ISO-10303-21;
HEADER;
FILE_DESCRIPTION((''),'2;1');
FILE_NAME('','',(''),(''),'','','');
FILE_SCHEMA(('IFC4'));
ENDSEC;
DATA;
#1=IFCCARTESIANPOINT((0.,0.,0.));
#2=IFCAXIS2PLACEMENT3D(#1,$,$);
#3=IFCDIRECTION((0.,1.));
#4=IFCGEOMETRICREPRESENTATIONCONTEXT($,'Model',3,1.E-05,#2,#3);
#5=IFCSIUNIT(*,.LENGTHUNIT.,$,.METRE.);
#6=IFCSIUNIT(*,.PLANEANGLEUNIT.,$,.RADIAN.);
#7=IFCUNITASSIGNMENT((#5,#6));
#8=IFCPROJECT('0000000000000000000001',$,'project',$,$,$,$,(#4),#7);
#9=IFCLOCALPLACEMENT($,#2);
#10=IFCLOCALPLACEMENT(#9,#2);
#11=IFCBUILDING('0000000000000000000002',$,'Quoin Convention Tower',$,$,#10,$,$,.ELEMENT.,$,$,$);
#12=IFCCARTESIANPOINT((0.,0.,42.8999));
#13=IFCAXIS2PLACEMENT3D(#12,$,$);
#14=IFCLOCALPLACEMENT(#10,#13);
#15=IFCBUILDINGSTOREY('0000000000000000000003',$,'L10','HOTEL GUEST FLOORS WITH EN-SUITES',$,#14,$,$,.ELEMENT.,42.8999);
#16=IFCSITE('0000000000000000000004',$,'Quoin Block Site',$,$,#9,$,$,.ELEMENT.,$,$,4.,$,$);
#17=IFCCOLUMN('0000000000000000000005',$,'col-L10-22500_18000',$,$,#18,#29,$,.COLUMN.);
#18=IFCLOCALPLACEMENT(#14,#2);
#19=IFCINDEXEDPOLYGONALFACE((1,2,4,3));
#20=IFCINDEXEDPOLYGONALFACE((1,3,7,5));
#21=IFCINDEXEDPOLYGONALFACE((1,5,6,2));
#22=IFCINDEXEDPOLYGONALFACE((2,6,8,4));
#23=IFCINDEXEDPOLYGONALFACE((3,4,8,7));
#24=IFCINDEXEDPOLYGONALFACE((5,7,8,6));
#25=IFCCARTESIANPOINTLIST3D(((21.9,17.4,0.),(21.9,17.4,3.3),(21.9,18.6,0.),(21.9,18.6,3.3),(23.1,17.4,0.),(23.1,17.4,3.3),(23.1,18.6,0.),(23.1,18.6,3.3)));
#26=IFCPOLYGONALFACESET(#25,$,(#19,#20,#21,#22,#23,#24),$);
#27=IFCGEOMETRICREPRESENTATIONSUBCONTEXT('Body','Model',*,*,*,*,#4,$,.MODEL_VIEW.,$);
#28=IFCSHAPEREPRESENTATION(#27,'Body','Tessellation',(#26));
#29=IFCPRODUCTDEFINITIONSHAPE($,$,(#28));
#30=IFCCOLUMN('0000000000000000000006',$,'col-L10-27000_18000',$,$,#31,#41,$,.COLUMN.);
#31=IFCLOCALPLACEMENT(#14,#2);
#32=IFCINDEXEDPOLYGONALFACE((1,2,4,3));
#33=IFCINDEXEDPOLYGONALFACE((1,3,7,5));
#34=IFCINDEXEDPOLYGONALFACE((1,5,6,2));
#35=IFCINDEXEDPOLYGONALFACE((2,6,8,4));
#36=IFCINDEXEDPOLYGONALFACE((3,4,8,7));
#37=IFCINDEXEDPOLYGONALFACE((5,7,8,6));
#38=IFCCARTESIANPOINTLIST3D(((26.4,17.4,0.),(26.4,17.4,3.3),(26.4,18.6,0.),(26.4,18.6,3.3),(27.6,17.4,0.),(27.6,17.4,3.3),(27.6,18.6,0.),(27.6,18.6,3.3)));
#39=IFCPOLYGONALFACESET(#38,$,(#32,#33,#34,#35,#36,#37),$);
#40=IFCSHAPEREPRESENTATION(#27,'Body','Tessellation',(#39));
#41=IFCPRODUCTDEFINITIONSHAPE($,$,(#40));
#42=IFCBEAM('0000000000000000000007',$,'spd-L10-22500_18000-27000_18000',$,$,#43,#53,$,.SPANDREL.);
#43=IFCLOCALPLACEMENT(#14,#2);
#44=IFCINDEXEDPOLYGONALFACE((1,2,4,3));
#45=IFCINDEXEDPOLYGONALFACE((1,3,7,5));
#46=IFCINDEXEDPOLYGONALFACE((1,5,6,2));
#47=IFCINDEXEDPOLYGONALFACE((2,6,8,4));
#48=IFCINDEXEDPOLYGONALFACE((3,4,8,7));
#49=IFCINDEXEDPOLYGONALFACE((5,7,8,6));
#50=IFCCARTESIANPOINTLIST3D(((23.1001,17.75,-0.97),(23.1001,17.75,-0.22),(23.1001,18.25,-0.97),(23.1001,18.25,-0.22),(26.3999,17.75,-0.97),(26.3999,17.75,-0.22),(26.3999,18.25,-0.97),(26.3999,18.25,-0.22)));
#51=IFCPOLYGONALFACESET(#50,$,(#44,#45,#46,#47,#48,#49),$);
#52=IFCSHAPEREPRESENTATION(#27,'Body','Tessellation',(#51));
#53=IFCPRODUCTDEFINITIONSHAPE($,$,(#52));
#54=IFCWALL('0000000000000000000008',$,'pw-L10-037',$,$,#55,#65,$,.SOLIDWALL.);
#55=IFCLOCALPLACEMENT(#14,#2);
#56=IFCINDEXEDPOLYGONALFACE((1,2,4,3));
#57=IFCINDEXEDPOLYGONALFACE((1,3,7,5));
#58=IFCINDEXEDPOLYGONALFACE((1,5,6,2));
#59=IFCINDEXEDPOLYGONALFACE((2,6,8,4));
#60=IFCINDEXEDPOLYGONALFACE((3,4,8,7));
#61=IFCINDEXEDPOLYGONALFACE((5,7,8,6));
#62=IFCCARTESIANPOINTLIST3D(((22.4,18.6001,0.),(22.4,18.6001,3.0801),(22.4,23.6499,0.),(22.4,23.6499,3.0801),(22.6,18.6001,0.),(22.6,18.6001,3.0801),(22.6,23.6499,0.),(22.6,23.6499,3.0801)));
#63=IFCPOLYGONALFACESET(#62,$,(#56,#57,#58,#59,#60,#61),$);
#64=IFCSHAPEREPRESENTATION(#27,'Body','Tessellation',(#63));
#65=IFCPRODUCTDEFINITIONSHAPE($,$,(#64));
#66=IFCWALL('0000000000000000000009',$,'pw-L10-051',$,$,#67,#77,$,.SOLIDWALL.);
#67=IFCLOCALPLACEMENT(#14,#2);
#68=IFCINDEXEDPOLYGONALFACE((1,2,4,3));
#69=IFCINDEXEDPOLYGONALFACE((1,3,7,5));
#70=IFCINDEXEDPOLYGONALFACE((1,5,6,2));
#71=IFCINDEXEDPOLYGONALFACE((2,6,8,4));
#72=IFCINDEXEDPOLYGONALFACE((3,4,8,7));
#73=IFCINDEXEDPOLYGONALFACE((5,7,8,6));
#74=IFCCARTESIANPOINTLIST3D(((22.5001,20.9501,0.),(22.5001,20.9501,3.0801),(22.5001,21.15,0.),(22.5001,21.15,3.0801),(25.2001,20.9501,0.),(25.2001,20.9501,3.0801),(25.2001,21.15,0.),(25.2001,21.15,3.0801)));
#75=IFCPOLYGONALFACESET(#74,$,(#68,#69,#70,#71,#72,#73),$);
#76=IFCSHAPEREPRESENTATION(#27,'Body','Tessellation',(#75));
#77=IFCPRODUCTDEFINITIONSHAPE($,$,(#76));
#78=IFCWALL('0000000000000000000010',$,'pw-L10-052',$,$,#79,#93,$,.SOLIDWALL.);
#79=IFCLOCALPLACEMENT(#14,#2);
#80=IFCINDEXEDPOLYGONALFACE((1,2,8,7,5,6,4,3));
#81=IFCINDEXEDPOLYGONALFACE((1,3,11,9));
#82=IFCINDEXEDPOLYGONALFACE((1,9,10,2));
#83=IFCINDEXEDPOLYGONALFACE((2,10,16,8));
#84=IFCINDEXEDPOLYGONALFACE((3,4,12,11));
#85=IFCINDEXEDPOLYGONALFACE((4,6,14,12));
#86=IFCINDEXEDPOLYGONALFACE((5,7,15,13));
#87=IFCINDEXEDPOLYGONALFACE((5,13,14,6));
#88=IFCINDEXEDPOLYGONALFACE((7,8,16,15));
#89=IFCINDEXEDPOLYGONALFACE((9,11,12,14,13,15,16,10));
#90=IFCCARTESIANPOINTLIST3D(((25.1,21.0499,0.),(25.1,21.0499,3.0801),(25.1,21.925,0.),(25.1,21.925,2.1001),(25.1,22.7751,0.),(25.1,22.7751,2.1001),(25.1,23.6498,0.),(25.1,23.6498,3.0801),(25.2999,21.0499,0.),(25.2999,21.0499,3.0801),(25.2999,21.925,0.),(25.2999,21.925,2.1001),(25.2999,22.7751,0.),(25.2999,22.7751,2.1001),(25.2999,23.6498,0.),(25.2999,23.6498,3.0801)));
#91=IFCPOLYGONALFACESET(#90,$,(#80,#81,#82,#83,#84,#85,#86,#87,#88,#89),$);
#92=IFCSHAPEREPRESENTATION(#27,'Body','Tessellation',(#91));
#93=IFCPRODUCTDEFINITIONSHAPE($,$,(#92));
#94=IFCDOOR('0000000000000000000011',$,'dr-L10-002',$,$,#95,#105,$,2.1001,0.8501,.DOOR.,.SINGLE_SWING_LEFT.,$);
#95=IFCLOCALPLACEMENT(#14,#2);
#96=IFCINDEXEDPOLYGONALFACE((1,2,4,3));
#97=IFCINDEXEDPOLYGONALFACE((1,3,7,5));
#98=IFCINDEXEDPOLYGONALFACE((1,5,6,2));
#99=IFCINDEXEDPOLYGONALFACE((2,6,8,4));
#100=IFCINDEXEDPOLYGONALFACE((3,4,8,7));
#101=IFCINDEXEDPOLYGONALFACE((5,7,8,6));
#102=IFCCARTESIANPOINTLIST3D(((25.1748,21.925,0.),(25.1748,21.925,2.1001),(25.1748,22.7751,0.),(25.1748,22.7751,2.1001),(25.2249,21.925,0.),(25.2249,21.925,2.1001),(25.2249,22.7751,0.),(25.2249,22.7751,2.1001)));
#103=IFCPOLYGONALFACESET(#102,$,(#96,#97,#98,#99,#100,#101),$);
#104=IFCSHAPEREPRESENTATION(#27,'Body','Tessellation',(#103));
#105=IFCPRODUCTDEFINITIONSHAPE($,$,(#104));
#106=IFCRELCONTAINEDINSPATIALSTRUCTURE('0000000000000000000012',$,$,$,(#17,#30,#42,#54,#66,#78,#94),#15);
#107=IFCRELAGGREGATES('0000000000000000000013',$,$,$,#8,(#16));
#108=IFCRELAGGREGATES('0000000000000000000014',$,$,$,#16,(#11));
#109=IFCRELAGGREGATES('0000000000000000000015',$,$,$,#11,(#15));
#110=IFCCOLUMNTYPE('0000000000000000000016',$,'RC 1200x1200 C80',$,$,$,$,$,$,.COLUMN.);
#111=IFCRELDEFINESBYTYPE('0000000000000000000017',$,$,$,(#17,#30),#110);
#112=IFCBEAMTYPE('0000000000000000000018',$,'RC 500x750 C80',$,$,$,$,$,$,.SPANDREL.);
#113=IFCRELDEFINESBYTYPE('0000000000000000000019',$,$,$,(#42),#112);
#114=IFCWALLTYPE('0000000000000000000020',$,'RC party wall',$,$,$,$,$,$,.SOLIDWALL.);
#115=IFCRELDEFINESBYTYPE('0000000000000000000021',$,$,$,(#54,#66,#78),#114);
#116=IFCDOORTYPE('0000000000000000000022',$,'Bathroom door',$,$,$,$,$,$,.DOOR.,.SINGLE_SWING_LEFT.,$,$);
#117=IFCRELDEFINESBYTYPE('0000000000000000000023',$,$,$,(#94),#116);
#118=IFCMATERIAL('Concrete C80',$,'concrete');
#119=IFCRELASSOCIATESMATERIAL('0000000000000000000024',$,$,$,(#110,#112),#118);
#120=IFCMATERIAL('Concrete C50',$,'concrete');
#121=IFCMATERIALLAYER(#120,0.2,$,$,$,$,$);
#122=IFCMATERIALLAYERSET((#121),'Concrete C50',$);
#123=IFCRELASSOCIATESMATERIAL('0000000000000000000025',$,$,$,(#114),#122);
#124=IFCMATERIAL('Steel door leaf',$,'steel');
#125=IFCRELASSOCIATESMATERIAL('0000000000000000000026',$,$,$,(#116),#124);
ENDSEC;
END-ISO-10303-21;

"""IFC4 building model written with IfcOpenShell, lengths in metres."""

from ifc_helpers import new_model, si_unit, direction, frame, frame_2d, origin, origin_2d, place, context, subcontext, project, spatial, rectangle, extrude, material, layer, layer_set, material_profile, profile_set, type_object, element, fill, save


model = new_model("IFC4")

# Units and contexts
model_context = context("Model", 3, precision=1e-05, world=origin(), true_north=direction((0.0, 1.0)))
body_context = subcontext(model_context, "Body", "Model", "MODEL_VIEW")
ifc_project = project(units=[si_unit("LENGTHUNIT", "METRE"), si_unit("PLANEANGLEUNIT", "RADIAN")], contexts=[model_context])

# Site, building, storey
site_placement = place(None, origin())
site = spatial("IfcSite", under=ifc_project, at=site_placement, Name="Quoin Block Site", CompositionType="ELEMENT", RefElevation=4.0)
building_placement = place(site_placement, origin())
building = spatial("IfcBuilding", under=site, at=building_placement, Name="Quoin Convention Tower", CompositionType="ELEMENT")
storey_placement = place(building_placement, frame((0.0, 0.0, 42.8999)))
storey = spatial("IfcBuildingStorey", under=building, at=storey_placement, Name="L10", Description="HOTEL GUEST FLOORS WITH EN-SUITES", CompositionType="ELEMENT", Elevation=42.8999)

# Columns
ifc_material_1 = material(Name="Concrete C80", Category="concrete")
ifc_material_profile_1 = material_profile(ifc_material_1, rectangle(XDim=1.2, YDim=1.2, at=origin_2d()), Name="RC 1200x1200")
ifc_profile_set_1 = profile_set([ifc_material_profile_1], Name="Concrete C80")
column_type = type_object("IfcColumnType", Name="RC 1200x1200 C80", PredefinedType="COLUMN", material=ifc_profile_set_1)
for number, where, z_axis, x_axis, name in (
    (1, (22.5, 18.0, 0.0), (0.0, 0.0, 1.0), (1.0, 0.0, 0.0), "col-L10-22500_18000"),
    (2, (27.0, 18.0, 0.0), (0.0, 0.0, 1.0), (1.0, 0.0, 0.0), "col-L10-27000_18000"),
):
    element("IfcColumn", number, at=place(storey_placement, frame(where, z_axis=z_axis, x_axis=x_axis)), inside=storey, type_object=column_type, Name=name, PredefinedType="COLUMN", context=body_context, shape_type="SweptSolid", body=[
        extrude(rectangle(XDim=1.2, YDim=1.2, at=origin_2d()), origin(), (0.0, 0.0, 1.0), 3.3),
    ])

# Beam
ifc_material_profile_2 = material_profile(ifc_material_1, rectangle(XDim=0.5, YDim=0.75, at=origin_2d()), Name="RC 500x750")
ifc_profile_set_2 = profile_set([ifc_material_profile_2], Name="Concrete C80")
beam_type = type_object("IfcBeamType", Name="RC 500x750 C80", PredefinedType="SPANDREL", material=ifc_profile_set_2)
beam_placement = place(storey_placement, frame((23.1001, 18.0, -0.595), z_axis=(1.0, 0.0, 0.0), x_axis=(0.0, 1.0, 0.0)))
element("IfcBeam", 3, at=beam_placement, inside=storey, type_object=beam_type, Name="spd-L10-22500_18000-27000_18000", PredefinedType="SPANDREL", context=body_context, shape_type="SweptSolid", body=[
    extrude(rectangle(XDim=0.5, YDim=0.75, at=origin_2d()), origin(), (0.0, 0.0, 1.0), 3.2998),
])

# Walls
ifc_material_2 = material(Name="Concrete C50", Category="concrete")
ifc_layer_1 = layer(ifc_material_2, 0.2)
ifc_layer_set_1 = layer_set([ifc_layer_1], Name="Concrete C50")
wall_type_1 = type_object("IfcWallType", Name="RC party wall", PredefinedType="SOLIDWALL", material=ifc_layer_set_1)
wall_1_placement = place(storey_placement, frame((22.5, 18.6001, 0.0), z_axis=(0.0, 0.0, 1.0), x_axis=(0.0, 1.0, 0.0)))
element("IfcWall", 4, at=wall_1_placement, inside=storey, type_object=wall_type_1, Name="pw-L10-037", PredefinedType="SOLIDWALL", context=body_context, shape_type="SweptSolid", body=[
    extrude(rectangle(XDim=5.0498, YDim=0.2, at=frame_2d((2.5249, 0.0))), origin(), (0.0, 0.0, 1.0), 3.0801),
])
wall_2_placement = place(storey_placement, frame((22.5, 21.05, 0.0), z_axis=(0.0, 0.0, 1.0), x_axis=(1.0, 0.0, 0.0)))
element("IfcWall", 5, at=wall_2_placement, inside=storey, type_object=wall_type_1, Name="pw-L10-051", PredefinedType="SOLIDWALL", context=body_context, shape_type="SweptSolid", body=[
    extrude(rectangle(XDim=2.7, YDim=0.2, at=frame_2d((1.3501, 0.0))), origin(), (0.0, 0.0, 1.0), 3.0801),
])

# Wall, opening, door
wall_3_placement = place(storey_placement, frame((25.2, 21.05, 0.0), z_axis=(0.0, 0.0, 1.0), x_axis=(0.0, 1.0, 0.0)))
wall_3 = element("IfcWall", 6, at=wall_3_placement, inside=storey, type_object=wall_type_1, Name="pw-L10-052", PredefinedType="SOLIDWALL", context=body_context, shape_type="SweptSolid", body=[
    extrude(rectangle(XDim=2.5999, YDim=0.2, at=frame_2d((1.2998, 0.0))), origin(), (0.0, 0.0, 1.0), 3.0801),
])
opening_1_placement = place(wall_3_placement, frame((0.875, 0.0, 0.0)))
opening_1 = element("IfcOpeningElement", 7, at=opening_1_placement, cuts=wall_3, PredefinedType="OPENING", context=body_context, shape_type="SweptSolid", body=[
    extrude(rectangle(XDim=0.8501, YDim=2.1001, at=frame_2d((0.425, 1.05))), frame((0.0, 0.1099, 0.0), z_axis=(0.0, -1.0, 0.0), x_axis=(1.0, 0.0, 0.0)), (0.0, 0.0, 1.0), 0.22),
])
ifc_material_3 = material(Name="Steel door leaf", Category="steel")
door_type_1 = type_object("IfcDoorType", Name="Bathroom door", OperationType="SINGLE_SWING_LEFT", PredefinedType="DOOR", material=ifc_material_3)
door_1_placement = place(opening_1_placement, frame((0.8501, 0.0, 0.0), z_axis=(0.0, 0.0, 1.0), x_axis=(-1.0, 0.0, 0.0)))
door_1 = element("IfcDoor", 8, at=door_1_placement, inside=storey, type_object=door_type_1, Name="dr-L10-002", OperationType="SINGLE_SWING_LEFT", OverallHeight=2.1001, OverallWidth=0.8501, PredefinedType="DOOR", context=body_context, shape_type="SweptSolid", body=[
    extrude(rectangle(XDim=0.8501, YDim=2.1001, at=frame_2d((0.425, 1.05))), frame((0.0, 0.0249, 0.0), z_axis=(0.0, -1.0, 0.0), x_axis=(1.0, 0.0, 0.0)), (0.0, 0.0, 1.0), 0.05),
])
fill(opening_1, door_1)

save(model, "model.ifc")
